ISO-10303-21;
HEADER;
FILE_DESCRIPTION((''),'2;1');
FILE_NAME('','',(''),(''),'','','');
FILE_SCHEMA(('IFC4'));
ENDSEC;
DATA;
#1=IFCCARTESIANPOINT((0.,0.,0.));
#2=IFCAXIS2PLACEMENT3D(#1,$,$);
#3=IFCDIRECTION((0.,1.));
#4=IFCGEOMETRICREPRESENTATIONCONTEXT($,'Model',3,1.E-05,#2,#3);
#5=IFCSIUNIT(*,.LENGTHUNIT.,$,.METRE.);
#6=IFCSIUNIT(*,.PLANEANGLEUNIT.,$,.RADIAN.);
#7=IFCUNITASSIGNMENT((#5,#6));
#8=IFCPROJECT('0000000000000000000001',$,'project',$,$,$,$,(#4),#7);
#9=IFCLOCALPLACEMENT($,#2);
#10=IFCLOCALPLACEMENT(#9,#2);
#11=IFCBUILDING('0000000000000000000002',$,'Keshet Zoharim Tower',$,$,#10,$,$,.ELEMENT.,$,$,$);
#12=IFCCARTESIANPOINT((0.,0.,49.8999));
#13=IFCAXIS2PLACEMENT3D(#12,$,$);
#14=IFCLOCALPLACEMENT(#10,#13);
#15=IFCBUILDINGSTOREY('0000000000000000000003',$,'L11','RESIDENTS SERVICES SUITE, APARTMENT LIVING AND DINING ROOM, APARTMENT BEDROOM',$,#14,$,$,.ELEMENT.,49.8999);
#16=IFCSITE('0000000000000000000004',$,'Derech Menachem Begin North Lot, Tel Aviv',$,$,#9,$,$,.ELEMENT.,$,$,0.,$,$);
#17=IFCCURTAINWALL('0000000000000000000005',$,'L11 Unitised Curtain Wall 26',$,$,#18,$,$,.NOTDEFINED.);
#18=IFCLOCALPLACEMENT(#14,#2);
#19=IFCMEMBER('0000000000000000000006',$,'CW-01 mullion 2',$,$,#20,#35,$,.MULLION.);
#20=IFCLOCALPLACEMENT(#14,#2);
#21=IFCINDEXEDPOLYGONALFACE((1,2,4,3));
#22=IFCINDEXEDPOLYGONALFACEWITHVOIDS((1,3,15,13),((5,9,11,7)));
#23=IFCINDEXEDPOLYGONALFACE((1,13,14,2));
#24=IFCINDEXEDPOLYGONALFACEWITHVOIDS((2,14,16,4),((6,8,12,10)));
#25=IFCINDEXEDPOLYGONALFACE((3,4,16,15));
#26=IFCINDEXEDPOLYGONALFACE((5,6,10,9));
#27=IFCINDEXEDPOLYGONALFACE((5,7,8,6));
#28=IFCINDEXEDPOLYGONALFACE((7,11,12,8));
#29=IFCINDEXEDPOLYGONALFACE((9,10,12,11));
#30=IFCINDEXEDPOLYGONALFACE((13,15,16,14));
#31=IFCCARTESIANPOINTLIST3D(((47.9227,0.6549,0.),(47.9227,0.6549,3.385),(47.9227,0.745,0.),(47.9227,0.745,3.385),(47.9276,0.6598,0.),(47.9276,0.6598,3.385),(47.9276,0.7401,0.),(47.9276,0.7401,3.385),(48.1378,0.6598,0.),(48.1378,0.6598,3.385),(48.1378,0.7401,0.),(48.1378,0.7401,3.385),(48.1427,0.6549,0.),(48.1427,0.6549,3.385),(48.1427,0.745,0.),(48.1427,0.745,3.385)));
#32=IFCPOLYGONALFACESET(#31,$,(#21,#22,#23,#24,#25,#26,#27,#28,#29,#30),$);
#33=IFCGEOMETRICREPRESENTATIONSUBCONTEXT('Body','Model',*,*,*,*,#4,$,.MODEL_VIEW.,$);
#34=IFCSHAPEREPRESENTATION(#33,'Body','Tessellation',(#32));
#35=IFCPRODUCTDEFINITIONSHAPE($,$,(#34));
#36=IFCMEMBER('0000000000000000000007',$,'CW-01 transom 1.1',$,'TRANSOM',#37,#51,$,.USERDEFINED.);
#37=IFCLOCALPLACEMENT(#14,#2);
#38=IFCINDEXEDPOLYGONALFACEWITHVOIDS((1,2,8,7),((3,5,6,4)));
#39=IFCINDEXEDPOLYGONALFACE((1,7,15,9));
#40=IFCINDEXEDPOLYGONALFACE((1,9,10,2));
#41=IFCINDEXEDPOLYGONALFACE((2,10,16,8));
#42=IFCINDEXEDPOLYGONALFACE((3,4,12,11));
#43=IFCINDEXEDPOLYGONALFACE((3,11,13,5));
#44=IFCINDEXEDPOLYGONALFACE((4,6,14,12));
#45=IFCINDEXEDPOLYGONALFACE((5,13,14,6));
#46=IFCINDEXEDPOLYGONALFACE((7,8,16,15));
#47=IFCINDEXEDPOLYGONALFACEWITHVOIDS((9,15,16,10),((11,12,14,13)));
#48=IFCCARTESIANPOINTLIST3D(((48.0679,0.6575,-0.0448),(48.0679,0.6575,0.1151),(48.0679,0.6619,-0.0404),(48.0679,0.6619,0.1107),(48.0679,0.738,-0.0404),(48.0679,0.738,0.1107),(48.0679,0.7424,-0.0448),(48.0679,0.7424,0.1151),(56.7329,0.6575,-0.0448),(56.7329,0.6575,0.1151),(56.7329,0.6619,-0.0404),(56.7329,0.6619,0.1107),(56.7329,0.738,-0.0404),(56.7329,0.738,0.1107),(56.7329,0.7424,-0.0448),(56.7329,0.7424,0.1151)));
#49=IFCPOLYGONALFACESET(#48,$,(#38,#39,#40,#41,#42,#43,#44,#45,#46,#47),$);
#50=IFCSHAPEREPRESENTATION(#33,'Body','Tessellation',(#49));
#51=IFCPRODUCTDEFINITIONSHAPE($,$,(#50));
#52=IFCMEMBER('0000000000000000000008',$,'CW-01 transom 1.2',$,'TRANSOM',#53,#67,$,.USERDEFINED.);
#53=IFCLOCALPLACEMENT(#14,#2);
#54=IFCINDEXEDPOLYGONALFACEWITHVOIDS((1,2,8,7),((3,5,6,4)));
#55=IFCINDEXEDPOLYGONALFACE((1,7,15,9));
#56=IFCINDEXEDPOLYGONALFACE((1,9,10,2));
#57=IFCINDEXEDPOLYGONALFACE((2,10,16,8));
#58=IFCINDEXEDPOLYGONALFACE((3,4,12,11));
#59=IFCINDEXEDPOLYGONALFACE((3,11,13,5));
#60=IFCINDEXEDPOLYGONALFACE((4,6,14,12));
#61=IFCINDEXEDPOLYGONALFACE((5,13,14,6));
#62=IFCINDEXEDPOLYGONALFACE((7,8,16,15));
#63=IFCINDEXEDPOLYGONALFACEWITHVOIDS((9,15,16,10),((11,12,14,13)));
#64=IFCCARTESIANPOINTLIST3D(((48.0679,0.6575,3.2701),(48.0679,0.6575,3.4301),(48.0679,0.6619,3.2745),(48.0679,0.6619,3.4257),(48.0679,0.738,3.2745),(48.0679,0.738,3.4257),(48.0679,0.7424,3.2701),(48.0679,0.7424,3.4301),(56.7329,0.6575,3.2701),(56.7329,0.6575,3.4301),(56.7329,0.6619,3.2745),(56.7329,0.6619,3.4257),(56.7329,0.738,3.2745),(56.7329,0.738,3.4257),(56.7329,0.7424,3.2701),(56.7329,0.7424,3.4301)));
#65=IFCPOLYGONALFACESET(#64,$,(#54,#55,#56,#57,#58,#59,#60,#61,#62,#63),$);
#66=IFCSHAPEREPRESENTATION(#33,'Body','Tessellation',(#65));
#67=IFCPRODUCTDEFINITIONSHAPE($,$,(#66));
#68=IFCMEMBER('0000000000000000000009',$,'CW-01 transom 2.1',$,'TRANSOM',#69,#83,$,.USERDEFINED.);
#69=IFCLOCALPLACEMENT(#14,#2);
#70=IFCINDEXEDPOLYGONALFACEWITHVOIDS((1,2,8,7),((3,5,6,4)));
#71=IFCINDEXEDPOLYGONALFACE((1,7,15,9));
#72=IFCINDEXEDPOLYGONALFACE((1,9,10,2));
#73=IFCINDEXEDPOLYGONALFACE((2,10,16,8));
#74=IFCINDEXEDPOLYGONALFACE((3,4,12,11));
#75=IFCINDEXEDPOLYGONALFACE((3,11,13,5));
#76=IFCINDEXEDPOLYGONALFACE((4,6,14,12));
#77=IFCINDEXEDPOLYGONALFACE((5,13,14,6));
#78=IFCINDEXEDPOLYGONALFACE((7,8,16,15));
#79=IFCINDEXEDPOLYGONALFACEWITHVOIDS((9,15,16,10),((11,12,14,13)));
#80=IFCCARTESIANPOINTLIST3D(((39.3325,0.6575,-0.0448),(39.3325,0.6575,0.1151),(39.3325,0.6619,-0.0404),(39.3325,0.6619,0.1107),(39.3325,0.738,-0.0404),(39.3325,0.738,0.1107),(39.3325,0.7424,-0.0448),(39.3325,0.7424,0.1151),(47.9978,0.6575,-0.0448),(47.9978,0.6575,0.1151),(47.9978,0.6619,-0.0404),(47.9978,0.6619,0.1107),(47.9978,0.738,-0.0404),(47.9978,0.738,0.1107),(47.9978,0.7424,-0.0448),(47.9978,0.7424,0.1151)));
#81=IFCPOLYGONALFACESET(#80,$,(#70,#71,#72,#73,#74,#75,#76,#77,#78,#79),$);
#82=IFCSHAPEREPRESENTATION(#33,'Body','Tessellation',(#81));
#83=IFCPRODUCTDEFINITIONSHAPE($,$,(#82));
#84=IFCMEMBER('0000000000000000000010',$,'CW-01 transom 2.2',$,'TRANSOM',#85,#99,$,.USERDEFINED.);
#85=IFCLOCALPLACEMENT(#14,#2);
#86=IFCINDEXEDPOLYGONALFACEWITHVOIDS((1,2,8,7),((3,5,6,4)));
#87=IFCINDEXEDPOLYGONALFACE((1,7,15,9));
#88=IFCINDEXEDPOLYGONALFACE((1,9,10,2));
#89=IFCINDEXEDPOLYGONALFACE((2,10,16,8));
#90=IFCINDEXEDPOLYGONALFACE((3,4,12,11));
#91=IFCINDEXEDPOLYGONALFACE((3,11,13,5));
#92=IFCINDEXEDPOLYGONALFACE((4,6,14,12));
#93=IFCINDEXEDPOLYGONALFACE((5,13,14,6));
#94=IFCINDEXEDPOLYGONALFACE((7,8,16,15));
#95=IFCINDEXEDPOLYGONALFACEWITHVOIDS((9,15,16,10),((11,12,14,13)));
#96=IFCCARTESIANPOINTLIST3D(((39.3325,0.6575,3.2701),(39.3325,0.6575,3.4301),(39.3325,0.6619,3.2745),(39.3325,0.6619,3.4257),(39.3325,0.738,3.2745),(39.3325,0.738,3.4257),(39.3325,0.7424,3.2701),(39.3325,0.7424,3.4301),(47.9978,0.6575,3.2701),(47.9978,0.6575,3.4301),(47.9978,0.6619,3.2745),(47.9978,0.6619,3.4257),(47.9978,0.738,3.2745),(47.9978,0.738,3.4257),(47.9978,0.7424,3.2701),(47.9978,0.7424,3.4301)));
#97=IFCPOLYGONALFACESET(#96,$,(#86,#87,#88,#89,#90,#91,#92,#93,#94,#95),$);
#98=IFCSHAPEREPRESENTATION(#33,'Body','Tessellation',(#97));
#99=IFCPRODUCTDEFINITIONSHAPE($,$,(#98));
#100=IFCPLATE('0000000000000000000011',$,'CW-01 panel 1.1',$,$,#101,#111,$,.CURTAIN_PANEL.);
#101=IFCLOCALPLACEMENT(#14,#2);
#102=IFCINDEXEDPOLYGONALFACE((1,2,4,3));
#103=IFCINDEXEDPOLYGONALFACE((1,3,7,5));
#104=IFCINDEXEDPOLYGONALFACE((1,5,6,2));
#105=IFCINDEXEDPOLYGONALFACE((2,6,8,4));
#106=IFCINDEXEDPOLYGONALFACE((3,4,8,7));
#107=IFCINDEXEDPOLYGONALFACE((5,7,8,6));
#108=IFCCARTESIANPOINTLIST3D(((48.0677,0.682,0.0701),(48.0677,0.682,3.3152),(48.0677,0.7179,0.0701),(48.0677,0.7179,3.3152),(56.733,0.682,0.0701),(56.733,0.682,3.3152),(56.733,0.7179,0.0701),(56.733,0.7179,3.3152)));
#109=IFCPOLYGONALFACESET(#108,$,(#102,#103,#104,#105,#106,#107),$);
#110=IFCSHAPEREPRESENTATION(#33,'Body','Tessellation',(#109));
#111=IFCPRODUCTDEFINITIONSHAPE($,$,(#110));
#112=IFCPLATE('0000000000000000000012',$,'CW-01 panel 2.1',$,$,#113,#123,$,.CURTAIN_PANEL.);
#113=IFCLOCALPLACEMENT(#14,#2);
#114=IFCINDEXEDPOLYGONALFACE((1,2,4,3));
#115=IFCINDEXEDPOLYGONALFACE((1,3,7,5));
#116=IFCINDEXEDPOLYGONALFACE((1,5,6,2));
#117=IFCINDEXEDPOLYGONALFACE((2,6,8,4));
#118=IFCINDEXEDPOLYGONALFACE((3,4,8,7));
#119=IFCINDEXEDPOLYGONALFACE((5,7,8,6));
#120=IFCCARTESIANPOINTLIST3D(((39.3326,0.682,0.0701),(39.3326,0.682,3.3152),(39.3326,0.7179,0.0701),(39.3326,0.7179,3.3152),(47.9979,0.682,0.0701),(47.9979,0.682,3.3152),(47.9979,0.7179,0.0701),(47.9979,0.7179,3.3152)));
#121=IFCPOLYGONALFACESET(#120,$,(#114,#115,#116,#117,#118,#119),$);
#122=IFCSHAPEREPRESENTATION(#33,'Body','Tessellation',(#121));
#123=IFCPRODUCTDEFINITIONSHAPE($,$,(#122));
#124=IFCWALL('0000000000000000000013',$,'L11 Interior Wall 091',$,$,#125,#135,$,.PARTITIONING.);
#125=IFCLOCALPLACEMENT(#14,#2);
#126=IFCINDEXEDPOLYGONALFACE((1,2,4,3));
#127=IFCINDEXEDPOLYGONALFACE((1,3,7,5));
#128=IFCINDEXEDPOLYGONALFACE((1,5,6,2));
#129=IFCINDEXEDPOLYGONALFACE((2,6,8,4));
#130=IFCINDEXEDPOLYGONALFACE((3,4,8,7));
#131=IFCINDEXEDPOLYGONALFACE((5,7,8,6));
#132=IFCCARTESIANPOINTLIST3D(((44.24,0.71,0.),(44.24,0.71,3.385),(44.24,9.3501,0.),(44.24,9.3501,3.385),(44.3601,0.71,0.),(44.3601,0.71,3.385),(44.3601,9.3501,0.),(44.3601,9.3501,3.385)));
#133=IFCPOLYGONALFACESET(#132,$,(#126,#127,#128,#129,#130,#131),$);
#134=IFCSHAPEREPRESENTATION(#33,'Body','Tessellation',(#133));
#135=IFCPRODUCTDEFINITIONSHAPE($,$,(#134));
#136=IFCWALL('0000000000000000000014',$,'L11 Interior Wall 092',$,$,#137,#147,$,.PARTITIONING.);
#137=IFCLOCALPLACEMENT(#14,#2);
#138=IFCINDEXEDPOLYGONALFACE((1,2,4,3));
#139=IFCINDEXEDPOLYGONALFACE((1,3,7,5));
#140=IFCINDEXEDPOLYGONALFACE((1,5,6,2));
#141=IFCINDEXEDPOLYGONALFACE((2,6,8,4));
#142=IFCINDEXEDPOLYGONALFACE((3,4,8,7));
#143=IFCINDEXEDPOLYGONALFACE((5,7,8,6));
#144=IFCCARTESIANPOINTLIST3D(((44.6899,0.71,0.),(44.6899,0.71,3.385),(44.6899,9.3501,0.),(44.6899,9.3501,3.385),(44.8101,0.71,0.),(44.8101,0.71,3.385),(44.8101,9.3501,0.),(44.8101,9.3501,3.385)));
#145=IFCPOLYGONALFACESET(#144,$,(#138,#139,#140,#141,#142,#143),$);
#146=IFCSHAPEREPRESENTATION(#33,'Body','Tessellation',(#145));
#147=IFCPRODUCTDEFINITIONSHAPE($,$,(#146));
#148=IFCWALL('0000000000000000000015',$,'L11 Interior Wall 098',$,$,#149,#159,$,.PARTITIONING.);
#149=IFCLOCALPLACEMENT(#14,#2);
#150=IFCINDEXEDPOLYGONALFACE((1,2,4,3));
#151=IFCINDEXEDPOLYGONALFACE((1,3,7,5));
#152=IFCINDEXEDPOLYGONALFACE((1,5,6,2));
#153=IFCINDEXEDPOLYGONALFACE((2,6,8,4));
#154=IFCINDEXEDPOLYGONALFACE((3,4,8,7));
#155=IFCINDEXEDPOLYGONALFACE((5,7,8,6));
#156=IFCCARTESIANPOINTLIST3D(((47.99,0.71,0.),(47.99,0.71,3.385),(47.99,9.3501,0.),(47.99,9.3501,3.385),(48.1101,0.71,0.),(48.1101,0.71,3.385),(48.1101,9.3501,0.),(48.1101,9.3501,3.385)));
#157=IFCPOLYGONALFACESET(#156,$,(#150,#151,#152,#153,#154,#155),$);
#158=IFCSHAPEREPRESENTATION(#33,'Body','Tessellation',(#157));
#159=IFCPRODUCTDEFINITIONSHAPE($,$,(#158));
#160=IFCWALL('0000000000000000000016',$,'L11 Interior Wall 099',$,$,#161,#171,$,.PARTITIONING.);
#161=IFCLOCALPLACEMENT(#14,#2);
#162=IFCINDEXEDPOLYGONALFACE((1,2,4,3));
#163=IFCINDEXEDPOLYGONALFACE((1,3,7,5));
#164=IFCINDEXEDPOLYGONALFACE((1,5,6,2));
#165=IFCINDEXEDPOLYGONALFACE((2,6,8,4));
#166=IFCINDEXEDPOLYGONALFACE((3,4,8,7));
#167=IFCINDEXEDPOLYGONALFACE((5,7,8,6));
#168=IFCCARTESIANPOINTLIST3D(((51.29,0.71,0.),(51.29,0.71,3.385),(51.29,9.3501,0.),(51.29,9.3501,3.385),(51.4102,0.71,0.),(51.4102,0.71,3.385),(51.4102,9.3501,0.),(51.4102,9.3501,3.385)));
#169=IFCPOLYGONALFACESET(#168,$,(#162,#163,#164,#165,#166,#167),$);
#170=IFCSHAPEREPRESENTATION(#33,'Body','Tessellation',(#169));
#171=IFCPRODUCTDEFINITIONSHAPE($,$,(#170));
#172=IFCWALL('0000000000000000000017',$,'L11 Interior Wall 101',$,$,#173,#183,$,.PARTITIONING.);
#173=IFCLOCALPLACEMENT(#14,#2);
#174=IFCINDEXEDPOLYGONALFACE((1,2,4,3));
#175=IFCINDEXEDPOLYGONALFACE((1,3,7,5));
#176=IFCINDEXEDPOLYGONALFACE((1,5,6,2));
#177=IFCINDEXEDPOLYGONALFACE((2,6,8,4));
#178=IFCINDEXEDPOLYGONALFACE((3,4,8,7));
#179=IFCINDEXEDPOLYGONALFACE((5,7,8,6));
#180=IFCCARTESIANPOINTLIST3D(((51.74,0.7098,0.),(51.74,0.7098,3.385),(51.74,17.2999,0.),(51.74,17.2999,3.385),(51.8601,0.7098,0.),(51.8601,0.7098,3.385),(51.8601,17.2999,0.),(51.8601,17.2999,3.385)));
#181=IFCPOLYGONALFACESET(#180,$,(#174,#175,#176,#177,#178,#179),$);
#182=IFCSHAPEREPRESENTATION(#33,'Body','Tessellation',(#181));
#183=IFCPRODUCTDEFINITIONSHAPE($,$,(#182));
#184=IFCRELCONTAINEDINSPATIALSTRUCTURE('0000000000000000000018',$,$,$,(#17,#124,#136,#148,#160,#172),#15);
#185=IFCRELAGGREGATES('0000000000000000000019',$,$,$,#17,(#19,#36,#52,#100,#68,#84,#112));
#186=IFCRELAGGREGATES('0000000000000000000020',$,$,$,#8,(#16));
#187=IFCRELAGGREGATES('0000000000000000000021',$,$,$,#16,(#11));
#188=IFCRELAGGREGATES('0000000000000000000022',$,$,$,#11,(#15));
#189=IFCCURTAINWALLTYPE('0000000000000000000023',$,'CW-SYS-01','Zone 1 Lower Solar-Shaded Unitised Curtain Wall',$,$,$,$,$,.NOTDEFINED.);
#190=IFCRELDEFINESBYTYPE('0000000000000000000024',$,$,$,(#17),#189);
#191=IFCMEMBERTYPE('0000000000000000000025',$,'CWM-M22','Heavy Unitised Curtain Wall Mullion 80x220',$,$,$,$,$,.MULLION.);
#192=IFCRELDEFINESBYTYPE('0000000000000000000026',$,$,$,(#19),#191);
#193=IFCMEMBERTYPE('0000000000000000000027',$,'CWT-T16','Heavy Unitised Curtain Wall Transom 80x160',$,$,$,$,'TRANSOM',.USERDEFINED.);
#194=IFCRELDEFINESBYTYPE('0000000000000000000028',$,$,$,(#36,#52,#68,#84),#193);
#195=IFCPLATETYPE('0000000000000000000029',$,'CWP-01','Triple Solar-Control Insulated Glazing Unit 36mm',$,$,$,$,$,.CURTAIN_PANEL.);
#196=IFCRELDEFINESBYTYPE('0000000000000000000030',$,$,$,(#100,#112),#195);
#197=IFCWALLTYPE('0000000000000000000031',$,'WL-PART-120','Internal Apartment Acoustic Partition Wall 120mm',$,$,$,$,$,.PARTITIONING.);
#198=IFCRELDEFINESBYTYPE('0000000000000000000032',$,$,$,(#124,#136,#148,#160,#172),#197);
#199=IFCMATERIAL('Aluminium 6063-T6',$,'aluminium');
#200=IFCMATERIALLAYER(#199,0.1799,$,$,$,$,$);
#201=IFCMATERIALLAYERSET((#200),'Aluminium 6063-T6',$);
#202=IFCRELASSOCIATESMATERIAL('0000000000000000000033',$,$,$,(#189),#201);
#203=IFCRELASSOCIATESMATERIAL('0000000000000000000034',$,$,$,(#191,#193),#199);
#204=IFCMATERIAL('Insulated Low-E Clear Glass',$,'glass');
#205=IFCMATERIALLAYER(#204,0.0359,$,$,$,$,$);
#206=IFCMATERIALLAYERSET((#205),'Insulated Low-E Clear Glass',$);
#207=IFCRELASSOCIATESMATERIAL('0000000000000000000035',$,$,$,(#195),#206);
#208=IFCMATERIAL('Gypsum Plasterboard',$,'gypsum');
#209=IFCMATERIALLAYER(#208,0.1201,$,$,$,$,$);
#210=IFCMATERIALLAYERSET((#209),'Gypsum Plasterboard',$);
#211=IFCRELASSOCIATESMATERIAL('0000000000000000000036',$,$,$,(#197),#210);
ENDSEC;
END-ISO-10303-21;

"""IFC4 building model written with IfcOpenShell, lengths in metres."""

from ifc_helpers import new_model, si_unit, direction, frame, frame_2d, origin, origin_2d, place, context, subcontext, project, spatial, rectangle, hollow_rectangle, extrude, material, layer, layer_set, material_profile, profile_set, type_object, element, aggregate, save


model = new_model("IFC4")

# Units and contexts
model_context = context("Model", 3, precision=1e-05, world=origin(), true_north=direction((0.0, 1.0)))
body_context = subcontext(model_context, "Body", "Model", "MODEL_VIEW")
ifc_project = project(units=[si_unit("LENGTHUNIT", "METRE"), si_unit("PLANEANGLEUNIT", "RADIAN")], contexts=[model_context])

# Site, building, storey
site_placement = place(None, origin())
site = spatial("IfcSite", under=ifc_project, at=site_placement, Name="Derech Menachem Begin North Lot, Tel Aviv", CompositionType="ELEMENT", RefElevation=0.0)
building_placement = place(site_placement, origin())
building = spatial("IfcBuilding", under=site, at=building_placement, Name="Keshet Zoharim Tower", CompositionType="ELEMENT")
storey_placement = place(building_placement, frame((0.0, 0.0, 49.8999)))
storey = spatial("IfcBuildingStorey", under=building, at=storey_placement, Name="L11", Description="RESIDENTS SERVICES SUITE, APARTMENT LIVING AND DINING ROOM, APARTMENT BEDROOM", CompositionType="ELEMENT", Elevation=49.8999)

# Curtain wall, members, plates
ifc_material_1 = material(Name="Aluminium 6063-T6", Category="aluminium")
ifc_layer_1 = layer(ifc_material_1, 0.1799)
ifc_layer_set_1 = layer_set([ifc_layer_1], Name="Aluminium 6063-T6")
curtain_wall_type = type_object("IfcCurtainWallType", Name="CW-SYS-01", Description="Zone 1 Lower Solar-Shaded Unitised Curtain Wall", PredefinedType="NOTDEFINED", material=ifc_layer_set_1)
curtain_wall_placement = place(storey_placement, origin())
curtain_wall = element("IfcCurtainWall", 1, at=curtain_wall_placement, inside=storey, type_object=curtain_wall_type, Name="L11 Unitised Curtain Wall 26", PredefinedType="NOTDEFINED")
ifc_material_profile_1 = material_profile(ifc_material_1, hollow_rectangle(XDim=0.0901, YDim=0.22, WallThickness=0.0049, at=origin_2d()), Name="MUL-90x220")
ifc_profile_set_1 = profile_set([ifc_material_profile_1], Name="Aluminium 6063-T6")
member_type_1 = type_object("IfcMemberType", Name="CWM-M22", Description="Heavy Unitised Curtain Wall Mullion 80x220", PredefinedType="MULLION", material=ifc_profile_set_1)
member_1_placement = place(storey_placement, frame((48.0327, 0.7, 0.0), z_axis=(0.0, 0.0, 1.0), x_axis=(0.0, -1.0, 0.0)))
member_1 = element("IfcMember", 2, at=member_1_placement, type_object=member_type_1, Name="CW-01 mullion 2", PredefinedType="MULLION", context=body_context, shape_type="SweptSolid", body=[
    extrude(hollow_rectangle(XDim=0.0901, YDim=0.22, WallThickness=0.0049, at=origin_2d()), origin(), (0.0, 0.0, 1.0), 3.385),
])
ifc_material_profile_2 = material_profile(ifc_material_1, hollow_rectangle(XDim=0.085, YDim=0.1599, WallThickness=0.0044, at=origin_2d()), Name="TRN-85x160")
ifc_profile_set_2 = profile_set([ifc_material_profile_2], Name="Aluminium 6063-T6")
member_type_2 = type_object("IfcMemberType", Name="CWT-T16", Description="Heavy Unitised Curtain Wall Transom 80x160", ElementType="TRANSOM", PredefinedType="USERDEFINED", material=ifc_profile_set_2)
member_2_placement = place(storey_placement, frame((56.7329, 0.7, 0.0352), z_axis=(-1.0, 0.0, 0.0), x_axis=(0.0, -1.0, 0.0)))
member_2 = element("IfcMember", 3, at=member_2_placement, type_object=member_type_2, Name="CW-01 transom 1.1", ObjectType="TRANSOM", PredefinedType="USERDEFINED", context=body_context, shape_type="SweptSolid", body=[
    extrude(hollow_rectangle(XDim=0.085, YDim=0.1599, WallThickness=0.0044, at=origin_2d()), origin(), (0.0, 0.0, 1.0), 8.665),
])
member_3_placement = place(storey_placement, frame((56.7329, 0.7, 3.3501), z_axis=(-1.0, 0.0, 0.0), x_axis=(0.0, -1.0, 0.0)))
member_3 = element("IfcMember", 4, at=member_3_placement, type_object=member_type_2, Name="CW-01 transom 1.2", ObjectType="TRANSOM", PredefinedType="USERDEFINED", context=body_context, shape_type="SweptSolid", body=[
    extrude(hollow_rectangle(XDim=0.085, YDim=0.1599, WallThickness=0.0044, at=origin_2d()), origin(), (0.0, 0.0, 1.0), 8.665),
])
member_4_placement = place(storey_placement, frame((47.9978, 0.7, 0.0352), z_axis=(-1.0, 0.0, 0.0), x_axis=(0.0, -1.0, 0.0)))
member_4 = element("IfcMember", 5, at=member_4_placement, type_object=member_type_2, Name="CW-01 transom 2.1", ObjectType="TRANSOM", PredefinedType="USERDEFINED", context=body_context, shape_type="SweptSolid", body=[
    extrude(hollow_rectangle(XDim=0.085, YDim=0.1599, WallThickness=0.0044, at=origin_2d()), origin(), (0.0, 0.0, 1.0), 8.6653),
])
member_5_placement = place(storey_placement, frame((47.9978, 0.7, 3.3501), z_axis=(-1.0, 0.0, 0.0), x_axis=(0.0, -1.0, 0.0)))
member_5 = element("IfcMember", 6, at=member_5_placement, type_object=member_type_2, Name="CW-01 transom 2.2", ObjectType="TRANSOM", PredefinedType="USERDEFINED", context=body_context, shape_type="SweptSolid", body=[
    extrude(hollow_rectangle(XDim=0.085, YDim=0.1599, WallThickness=0.0044, at=origin_2d()), origin(), (0.0, 0.0, 1.0), 8.6653),
])
ifc_material_2 = material(Name="Insulated Low-E Clear Glass", Category="glass")
ifc_layer_2 = layer(ifc_material_2, 0.0359)
ifc_layer_set_2 = layer_set([ifc_layer_2], Name="Insulated Low-E Clear Glass")
plate_type = type_object("IfcPlateType", Name="CWP-01", Description="Triple Solar-Control Insulated Glazing Unit 36mm", PredefinedType="CURTAIN_PANEL", material=ifc_layer_set_2)
plate_1_placement = place(storey_placement, frame((52.4004, 0.7, 0.0701), z_axis=(0.0, 0.0, 1.0), x_axis=(-1.0, 0.0, 0.0)))
plate_1 = element("IfcPlate", 7, at=plate_1_placement, type_object=plate_type, Name="CW-01 panel 1.1", PredefinedType="CURTAIN_PANEL", context=body_context, shape_type="SweptSolid", body=[
    extrude(rectangle(XDim=8.6653, YDim=0.0359, at=origin_2d()), origin(), (0.0, 0.0, 1.0), 3.2451),
])
plate_2_placement = place(storey_placement, frame((43.6653, 0.7, 0.0701), z_axis=(0.0, 0.0, 1.0), x_axis=(-1.0, 0.0, 0.0)))
plate_2 = element("IfcPlate", 8, at=plate_2_placement, type_object=plate_type, Name="CW-01 panel 2.1", PredefinedType="CURTAIN_PANEL", context=body_context, shape_type="SweptSolid", body=[
    extrude(rectangle(XDim=8.6653, YDim=0.0359, at=origin_2d()), origin(), (0.0, 0.0, 1.0), 3.2451),
])
aggregate(curtain_wall, [member_1, member_2, member_3, plate_1, member_4, member_5, plate_2])

# Walls
ifc_material_3 = material(Name="Gypsum Plasterboard", Category="gypsum")
ifc_layer_3 = layer(ifc_material_3, 0.1201)
ifc_layer_set_3 = layer_set([ifc_layer_3], Name="Gypsum Plasterboard")
wall_type = type_object("IfcWallType", Name="WL-PART-120", Description="Internal Apartment Acoustic Partition Wall 120mm", PredefinedType="PARTITIONING", material=ifc_layer_set_3)
for number, where, z_axis, x_axis, name in (
    (9, (44.3, 0.71, 0.0), (0.0, 0.0, 1.0), (0.0, 1.0, 0.0), "L11 Interior Wall 091"),
    (10, (44.75, 0.71, 0.0), (0.0, 0.0, 1.0), (0.0, 1.0, 0.0), "L11 Interior Wall 092"),
    (11, (48.05, 0.71, 0.0), (0.0, 0.0, 1.0), (0.0, 1.0, 0.0), "L11 Interior Wall 098"),
    (12, (51.3501, 0.71, 0.0), (0.0, 0.0, 1.0), (0.0, 1.0, 0.0), "L11 Interior Wall 099"),
):
    element("IfcWall", number, at=place(storey_placement, frame(where, z_axis=z_axis, x_axis=x_axis)), inside=storey, type_object=wall_type, Name=name, PredefinedType="PARTITIONING", context=body_context, shape_type="SweptSolid", body=[
        extrude(rectangle(XDim=8.6401, YDim=0.1201, at=frame_2d((4.3201, 0.0))), origin(), (0.0, 0.0, 1.0), 3.385),
    ])
wall_1_placement = place(storey_placement, frame((51.8, 0.71, 0.0), z_axis=(0.0, 0.0, 1.0), x_axis=(0.0, 1.0, 0.0)))
element("IfcWall", 13, at=wall_1_placement, inside=storey, type_object=wall_type, Name="L11 Interior Wall 101", PredefinedType="PARTITIONING", context=body_context, shape_type="SweptSolid", body=[
    extrude(rectangle(XDim=16.5901, YDim=0.1201, at=frame_2d((8.2949, 0.0))), origin(), (0.0, 0.0, 1.0), 3.385),
])

save(model, "model.ifc")
